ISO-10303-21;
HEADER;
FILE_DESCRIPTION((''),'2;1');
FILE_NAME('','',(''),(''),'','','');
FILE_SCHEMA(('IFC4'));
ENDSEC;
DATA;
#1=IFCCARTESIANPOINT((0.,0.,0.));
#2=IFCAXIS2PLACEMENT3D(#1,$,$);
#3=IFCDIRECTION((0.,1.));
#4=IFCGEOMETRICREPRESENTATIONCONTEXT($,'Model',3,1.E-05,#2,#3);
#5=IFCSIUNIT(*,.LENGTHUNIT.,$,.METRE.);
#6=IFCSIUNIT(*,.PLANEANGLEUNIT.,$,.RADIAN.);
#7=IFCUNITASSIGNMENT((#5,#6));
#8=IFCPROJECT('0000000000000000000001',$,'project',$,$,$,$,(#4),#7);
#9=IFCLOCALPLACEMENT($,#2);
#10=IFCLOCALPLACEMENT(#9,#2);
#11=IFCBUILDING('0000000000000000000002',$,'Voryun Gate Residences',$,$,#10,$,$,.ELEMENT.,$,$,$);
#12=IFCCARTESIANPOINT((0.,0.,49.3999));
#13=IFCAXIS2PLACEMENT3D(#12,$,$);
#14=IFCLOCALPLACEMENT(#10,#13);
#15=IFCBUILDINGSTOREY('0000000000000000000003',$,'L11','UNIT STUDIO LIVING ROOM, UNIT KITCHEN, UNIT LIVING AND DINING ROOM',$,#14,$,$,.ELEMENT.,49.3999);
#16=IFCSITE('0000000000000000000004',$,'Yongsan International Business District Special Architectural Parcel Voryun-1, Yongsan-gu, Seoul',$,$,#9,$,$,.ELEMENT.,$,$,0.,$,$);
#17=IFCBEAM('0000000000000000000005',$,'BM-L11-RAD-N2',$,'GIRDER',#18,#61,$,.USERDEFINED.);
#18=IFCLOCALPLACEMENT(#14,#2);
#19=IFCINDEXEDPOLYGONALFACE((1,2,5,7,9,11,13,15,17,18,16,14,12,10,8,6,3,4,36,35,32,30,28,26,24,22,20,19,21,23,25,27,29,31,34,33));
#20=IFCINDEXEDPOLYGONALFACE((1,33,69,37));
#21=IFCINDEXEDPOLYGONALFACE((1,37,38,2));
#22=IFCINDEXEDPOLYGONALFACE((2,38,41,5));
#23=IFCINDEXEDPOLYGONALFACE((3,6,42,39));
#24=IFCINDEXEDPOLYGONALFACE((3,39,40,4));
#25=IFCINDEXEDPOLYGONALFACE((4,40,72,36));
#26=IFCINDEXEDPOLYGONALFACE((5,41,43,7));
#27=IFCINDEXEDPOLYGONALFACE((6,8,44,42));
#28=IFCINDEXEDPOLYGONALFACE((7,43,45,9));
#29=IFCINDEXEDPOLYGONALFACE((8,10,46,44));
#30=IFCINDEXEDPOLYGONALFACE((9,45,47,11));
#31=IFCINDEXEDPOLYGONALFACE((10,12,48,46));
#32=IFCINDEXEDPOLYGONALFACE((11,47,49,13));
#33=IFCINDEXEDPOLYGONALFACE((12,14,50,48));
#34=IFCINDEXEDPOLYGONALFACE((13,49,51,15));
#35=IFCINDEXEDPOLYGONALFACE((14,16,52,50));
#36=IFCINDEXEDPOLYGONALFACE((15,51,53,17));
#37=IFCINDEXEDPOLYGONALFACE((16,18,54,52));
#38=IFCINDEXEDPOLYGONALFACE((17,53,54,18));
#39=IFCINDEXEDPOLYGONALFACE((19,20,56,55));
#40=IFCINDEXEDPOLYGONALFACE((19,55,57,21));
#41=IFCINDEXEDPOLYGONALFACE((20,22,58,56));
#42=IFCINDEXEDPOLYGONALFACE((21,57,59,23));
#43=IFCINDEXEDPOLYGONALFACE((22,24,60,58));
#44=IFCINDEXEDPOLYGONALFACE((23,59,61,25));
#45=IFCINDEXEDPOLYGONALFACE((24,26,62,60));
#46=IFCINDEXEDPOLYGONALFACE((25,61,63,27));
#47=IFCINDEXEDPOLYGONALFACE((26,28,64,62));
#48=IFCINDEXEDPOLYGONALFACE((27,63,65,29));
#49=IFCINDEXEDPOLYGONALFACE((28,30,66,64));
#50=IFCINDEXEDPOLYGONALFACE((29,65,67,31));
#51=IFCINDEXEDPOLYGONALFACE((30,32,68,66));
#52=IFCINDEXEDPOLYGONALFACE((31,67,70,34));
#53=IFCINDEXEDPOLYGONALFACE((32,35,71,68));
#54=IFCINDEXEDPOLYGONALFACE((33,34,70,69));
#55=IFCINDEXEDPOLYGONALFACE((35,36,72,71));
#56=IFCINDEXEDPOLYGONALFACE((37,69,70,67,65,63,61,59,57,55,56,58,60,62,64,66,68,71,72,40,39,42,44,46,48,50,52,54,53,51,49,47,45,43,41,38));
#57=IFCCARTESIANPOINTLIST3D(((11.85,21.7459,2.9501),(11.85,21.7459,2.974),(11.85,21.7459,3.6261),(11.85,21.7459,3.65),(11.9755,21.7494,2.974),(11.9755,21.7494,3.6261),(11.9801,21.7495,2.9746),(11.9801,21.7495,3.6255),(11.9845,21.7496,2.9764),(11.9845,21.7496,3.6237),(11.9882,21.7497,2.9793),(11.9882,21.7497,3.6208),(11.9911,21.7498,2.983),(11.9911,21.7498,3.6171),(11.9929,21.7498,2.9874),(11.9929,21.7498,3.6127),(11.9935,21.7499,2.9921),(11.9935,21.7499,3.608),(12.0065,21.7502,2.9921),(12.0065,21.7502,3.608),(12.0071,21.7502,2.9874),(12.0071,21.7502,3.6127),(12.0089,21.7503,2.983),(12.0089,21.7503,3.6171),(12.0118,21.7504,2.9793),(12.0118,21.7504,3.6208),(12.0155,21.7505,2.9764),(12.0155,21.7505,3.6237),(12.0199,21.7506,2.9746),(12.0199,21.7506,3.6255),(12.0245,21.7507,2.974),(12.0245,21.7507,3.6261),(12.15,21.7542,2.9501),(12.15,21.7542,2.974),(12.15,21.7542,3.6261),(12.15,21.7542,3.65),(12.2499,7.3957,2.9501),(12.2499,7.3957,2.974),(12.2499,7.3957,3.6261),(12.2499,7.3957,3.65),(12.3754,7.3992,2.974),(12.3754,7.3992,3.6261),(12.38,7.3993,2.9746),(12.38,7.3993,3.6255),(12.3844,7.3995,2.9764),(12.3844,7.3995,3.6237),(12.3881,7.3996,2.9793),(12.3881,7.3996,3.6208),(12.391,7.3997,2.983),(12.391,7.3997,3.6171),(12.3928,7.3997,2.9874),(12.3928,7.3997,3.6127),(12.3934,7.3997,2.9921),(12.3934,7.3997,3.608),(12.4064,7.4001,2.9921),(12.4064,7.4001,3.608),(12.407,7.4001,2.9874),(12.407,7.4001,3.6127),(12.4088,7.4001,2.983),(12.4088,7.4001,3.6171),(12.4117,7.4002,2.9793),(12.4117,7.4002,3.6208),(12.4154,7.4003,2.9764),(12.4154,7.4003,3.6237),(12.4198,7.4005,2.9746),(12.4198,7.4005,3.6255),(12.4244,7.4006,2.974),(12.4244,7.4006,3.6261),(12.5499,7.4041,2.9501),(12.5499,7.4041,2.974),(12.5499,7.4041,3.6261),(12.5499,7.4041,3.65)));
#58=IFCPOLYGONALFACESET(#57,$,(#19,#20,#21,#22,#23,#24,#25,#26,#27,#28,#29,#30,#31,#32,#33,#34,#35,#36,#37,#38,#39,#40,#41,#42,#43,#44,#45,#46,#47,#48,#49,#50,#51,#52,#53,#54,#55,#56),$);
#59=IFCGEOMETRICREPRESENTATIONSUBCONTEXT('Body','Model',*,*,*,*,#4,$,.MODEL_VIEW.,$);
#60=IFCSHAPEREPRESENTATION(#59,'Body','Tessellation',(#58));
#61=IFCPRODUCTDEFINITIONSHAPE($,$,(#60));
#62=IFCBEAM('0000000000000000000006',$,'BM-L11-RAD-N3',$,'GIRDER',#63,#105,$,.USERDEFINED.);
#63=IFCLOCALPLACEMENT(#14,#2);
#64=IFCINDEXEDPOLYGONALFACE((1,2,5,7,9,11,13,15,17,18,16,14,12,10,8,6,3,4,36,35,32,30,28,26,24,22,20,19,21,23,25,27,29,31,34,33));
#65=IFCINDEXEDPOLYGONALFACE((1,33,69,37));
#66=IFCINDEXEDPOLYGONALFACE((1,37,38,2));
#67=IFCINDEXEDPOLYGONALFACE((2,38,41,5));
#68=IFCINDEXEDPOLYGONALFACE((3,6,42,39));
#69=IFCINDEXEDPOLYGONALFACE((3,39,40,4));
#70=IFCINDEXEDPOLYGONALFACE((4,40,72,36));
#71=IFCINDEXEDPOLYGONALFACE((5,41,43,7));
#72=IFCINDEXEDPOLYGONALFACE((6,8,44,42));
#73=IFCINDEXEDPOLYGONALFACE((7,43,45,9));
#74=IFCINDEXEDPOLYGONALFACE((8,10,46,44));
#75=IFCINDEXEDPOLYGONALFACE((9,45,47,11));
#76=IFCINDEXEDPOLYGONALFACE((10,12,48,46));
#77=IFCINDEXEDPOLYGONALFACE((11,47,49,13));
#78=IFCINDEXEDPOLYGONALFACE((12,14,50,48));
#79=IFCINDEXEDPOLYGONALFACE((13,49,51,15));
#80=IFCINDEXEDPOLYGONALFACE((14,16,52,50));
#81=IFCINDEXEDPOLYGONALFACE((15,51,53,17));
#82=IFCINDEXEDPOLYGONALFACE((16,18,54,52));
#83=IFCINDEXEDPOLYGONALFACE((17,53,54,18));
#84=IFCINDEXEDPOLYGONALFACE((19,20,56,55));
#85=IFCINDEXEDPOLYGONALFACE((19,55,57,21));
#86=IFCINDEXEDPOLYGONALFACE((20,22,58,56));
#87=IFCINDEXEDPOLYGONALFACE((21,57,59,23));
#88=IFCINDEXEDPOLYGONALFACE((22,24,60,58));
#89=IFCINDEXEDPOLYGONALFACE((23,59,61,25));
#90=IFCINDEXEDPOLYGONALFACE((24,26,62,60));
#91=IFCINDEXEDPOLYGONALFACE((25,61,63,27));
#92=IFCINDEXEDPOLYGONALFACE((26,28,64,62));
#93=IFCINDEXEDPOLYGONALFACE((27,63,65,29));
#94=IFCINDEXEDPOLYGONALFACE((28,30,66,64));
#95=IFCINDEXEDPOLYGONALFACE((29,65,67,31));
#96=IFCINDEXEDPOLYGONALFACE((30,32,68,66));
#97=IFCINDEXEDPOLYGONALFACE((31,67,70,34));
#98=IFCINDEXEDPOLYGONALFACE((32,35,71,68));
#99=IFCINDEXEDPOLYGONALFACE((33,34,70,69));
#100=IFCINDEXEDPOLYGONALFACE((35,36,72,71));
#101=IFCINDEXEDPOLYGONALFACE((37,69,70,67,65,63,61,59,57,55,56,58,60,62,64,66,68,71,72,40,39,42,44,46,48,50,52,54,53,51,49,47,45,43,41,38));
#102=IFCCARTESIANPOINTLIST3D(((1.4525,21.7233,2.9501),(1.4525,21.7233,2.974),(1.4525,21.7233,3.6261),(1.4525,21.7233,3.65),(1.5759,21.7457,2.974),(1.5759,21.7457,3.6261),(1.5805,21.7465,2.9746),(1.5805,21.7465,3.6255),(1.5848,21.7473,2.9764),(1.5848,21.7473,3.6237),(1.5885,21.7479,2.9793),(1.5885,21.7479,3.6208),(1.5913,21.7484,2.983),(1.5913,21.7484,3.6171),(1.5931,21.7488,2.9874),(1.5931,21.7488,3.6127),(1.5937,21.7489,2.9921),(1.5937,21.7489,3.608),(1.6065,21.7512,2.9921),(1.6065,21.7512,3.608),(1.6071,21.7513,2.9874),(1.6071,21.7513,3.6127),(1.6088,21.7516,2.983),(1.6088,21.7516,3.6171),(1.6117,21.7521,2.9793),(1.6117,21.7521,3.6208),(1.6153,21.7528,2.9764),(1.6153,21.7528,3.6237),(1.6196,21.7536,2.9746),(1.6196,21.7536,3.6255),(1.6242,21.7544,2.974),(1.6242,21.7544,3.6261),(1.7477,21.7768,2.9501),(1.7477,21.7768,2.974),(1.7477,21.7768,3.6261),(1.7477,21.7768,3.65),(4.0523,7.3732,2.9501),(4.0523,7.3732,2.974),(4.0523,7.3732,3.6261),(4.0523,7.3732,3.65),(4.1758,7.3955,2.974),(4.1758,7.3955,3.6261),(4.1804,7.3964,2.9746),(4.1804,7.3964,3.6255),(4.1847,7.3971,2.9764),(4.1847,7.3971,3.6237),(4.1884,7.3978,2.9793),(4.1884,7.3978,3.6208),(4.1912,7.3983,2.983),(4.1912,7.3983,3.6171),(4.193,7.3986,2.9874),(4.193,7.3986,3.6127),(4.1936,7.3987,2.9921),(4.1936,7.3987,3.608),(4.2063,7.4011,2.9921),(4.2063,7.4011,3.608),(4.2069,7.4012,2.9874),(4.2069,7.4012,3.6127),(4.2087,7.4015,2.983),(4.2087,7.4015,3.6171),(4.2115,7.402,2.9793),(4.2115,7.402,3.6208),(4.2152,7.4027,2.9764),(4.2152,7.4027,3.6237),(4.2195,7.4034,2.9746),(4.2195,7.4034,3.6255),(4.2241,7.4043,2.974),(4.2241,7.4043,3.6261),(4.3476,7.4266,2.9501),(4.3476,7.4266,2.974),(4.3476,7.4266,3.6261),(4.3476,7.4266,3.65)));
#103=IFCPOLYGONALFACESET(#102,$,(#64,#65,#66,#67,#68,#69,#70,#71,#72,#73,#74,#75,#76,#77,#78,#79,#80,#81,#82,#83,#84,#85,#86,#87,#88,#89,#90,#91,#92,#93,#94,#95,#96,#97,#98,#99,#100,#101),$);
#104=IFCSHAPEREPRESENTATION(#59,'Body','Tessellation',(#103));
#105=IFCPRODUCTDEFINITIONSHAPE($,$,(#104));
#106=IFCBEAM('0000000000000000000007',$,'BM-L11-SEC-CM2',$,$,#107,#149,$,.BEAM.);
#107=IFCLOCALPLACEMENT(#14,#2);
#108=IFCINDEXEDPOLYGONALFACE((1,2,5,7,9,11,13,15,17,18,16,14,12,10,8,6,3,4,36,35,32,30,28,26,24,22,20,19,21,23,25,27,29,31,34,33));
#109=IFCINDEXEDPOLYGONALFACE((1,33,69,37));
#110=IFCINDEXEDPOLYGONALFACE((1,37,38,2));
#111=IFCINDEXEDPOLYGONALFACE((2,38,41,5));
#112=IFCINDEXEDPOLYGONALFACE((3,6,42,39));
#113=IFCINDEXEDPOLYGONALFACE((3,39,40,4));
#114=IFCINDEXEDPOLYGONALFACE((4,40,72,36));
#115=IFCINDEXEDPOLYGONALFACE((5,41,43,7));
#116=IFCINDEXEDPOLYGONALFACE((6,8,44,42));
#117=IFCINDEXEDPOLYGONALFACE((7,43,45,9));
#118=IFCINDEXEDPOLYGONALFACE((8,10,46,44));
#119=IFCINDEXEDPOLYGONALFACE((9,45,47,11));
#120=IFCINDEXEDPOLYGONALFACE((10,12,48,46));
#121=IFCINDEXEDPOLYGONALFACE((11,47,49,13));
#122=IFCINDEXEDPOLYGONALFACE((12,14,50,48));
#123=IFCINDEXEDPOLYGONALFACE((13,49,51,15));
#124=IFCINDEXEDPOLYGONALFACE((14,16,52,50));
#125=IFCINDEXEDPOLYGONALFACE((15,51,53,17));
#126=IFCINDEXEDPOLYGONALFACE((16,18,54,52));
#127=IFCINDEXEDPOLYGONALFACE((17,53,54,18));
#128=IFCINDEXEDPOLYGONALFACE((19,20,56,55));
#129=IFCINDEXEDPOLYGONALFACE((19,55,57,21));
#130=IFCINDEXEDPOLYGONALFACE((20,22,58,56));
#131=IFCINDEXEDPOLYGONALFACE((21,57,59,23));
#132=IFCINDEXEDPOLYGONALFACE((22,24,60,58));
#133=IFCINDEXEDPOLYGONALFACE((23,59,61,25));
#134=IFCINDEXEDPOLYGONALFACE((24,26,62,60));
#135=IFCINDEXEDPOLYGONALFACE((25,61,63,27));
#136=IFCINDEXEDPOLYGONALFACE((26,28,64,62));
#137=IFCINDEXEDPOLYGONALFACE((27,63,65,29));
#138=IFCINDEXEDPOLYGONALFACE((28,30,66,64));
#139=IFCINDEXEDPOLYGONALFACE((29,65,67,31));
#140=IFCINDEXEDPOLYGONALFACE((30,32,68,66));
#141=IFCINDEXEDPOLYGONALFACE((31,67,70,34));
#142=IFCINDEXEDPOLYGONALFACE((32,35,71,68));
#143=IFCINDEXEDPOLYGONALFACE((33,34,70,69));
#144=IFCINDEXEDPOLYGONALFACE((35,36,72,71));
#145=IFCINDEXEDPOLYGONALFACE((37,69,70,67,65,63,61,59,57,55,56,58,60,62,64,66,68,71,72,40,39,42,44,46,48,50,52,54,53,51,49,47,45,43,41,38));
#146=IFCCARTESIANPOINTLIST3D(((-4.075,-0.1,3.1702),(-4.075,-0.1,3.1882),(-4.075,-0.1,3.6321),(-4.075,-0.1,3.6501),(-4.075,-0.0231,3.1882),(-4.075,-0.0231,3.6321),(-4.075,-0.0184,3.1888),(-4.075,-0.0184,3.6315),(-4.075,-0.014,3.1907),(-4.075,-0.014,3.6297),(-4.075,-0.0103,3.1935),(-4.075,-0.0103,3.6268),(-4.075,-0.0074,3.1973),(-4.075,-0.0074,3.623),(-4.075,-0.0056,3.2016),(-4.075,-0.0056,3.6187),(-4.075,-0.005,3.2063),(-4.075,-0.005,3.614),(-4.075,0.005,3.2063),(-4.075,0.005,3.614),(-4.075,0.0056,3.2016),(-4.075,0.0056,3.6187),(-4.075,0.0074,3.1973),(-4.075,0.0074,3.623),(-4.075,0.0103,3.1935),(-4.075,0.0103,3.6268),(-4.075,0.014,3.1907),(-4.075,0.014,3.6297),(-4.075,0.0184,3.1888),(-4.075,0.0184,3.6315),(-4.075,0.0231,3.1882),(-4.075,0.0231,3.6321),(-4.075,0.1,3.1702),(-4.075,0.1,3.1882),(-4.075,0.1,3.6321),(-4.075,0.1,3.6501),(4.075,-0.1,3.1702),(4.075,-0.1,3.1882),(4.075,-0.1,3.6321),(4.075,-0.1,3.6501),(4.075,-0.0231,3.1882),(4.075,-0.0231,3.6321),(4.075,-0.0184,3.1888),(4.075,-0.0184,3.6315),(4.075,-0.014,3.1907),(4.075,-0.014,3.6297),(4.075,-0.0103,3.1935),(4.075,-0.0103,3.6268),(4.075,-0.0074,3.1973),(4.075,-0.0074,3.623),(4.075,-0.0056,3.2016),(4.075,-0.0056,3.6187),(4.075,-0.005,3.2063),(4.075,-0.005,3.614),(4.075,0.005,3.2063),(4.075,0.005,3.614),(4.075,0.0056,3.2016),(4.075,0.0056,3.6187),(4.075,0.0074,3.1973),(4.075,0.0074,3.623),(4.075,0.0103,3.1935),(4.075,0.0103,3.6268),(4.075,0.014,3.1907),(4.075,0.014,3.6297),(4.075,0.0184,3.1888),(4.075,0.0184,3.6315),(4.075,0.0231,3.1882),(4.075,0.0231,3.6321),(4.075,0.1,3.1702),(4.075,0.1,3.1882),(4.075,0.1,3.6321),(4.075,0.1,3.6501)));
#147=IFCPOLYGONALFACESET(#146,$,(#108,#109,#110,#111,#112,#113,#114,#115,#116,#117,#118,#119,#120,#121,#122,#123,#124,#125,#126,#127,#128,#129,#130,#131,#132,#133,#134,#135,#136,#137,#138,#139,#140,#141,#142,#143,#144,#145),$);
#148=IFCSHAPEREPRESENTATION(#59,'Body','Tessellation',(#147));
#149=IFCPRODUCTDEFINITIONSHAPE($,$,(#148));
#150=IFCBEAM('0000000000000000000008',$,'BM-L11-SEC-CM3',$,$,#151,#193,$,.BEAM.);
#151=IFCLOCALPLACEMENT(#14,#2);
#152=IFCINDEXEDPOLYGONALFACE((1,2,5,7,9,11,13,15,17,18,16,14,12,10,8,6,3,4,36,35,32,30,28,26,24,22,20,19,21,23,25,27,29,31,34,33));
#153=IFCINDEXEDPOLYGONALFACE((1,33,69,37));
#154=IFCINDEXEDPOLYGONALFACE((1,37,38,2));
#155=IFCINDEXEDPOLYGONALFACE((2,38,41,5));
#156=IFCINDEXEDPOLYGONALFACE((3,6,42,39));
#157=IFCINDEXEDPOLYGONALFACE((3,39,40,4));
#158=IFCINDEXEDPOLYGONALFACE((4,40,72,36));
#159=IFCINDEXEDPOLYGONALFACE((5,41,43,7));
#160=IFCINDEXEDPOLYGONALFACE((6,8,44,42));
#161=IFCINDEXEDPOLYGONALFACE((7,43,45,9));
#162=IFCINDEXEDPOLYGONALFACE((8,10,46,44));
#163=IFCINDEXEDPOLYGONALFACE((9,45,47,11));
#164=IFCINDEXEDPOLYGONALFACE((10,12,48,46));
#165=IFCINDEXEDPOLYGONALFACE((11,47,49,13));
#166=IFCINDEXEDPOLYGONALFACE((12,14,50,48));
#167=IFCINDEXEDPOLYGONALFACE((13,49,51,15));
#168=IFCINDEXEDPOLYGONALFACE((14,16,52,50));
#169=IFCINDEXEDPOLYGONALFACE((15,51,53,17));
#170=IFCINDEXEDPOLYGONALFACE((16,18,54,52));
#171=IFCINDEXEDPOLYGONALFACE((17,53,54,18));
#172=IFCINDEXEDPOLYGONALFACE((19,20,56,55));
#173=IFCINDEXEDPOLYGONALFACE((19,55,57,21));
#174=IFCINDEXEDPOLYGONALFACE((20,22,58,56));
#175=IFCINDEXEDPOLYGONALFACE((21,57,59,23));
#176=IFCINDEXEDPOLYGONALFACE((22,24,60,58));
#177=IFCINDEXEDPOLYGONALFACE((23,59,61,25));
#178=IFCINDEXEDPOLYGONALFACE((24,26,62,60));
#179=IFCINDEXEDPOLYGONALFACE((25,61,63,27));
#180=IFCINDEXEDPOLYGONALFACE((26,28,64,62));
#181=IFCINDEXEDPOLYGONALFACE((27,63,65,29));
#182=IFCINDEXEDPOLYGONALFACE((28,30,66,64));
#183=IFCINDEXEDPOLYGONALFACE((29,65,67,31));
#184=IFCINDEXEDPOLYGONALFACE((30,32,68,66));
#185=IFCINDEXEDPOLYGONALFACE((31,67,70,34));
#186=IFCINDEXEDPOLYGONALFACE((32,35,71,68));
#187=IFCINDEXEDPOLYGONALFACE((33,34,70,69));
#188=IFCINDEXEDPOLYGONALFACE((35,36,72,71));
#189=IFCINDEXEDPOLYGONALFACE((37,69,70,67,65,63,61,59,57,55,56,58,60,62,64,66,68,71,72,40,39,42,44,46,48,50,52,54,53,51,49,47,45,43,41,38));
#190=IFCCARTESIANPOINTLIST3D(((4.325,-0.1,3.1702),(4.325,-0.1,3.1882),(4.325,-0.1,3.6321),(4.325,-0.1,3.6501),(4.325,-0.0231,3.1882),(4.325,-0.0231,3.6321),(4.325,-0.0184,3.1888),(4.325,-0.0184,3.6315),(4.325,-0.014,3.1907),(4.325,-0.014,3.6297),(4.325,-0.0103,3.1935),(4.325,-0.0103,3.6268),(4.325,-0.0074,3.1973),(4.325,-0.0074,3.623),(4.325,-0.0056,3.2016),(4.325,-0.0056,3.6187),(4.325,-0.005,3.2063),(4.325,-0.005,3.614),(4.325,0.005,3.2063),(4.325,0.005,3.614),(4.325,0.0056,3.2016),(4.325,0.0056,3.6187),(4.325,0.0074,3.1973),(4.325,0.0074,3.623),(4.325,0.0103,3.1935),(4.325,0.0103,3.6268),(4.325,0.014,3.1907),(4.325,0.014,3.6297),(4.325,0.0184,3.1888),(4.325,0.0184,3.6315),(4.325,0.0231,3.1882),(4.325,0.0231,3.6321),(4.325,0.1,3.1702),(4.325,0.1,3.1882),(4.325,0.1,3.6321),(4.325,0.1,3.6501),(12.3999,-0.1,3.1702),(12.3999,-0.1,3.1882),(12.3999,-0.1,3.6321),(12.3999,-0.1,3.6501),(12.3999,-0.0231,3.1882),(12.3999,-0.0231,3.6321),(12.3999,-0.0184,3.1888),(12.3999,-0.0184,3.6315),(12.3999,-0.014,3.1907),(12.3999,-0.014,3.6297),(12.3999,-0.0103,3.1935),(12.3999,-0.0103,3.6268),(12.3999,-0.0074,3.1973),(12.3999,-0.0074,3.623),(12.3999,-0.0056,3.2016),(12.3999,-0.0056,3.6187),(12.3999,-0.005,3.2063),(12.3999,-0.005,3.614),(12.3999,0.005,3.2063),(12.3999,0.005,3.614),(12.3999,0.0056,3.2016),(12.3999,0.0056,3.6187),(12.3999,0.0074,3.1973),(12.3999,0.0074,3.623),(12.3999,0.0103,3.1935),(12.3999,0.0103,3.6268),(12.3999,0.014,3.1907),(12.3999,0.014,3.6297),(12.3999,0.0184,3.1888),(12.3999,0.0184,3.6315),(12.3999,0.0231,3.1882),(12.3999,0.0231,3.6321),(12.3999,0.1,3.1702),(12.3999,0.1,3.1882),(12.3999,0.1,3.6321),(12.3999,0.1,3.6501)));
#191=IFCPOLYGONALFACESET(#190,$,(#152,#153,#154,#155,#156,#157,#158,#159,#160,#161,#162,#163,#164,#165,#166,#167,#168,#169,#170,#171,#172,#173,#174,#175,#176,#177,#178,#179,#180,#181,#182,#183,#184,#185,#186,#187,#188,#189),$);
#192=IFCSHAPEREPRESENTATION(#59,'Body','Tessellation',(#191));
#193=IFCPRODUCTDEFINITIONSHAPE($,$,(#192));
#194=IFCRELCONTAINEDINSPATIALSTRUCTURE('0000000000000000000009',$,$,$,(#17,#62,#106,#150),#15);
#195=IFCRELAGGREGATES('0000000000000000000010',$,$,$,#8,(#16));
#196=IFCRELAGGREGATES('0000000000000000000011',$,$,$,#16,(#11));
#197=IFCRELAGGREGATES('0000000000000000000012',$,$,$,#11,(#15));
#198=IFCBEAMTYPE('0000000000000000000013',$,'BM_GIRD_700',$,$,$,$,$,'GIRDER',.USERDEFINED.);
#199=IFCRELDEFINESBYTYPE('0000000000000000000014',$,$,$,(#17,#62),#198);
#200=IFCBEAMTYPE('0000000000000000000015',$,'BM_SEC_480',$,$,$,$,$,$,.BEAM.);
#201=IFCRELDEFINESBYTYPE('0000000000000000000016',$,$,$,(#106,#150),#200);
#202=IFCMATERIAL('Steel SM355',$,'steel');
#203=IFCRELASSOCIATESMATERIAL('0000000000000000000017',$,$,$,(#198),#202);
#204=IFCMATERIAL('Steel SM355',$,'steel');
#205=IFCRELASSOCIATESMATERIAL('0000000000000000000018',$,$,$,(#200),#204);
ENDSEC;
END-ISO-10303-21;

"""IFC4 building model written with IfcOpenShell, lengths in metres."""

from ifc_helpers import new_model, si_unit, direction, frame, origin, origin_2d, place, context, subcontext, project, spatial, i_section, extrude, material, material_profile, profile_set, type_object, element, save


model = new_model("IFC4")

# Units and contexts
model_context = context("Model", 3, precision=1e-05, world=origin(), true_north=direction((0.0, 1.0)))
body_context = subcontext(model_context, "Body", "Model", "MODEL_VIEW")
ifc_project = project(units=[si_unit("LENGTHUNIT", "METRE"), si_unit("PLANEANGLEUNIT", "RADIAN")], contexts=[model_context])

# Site, building, storey
site_placement = place(None, origin())
site = spatial("IfcSite", under=ifc_project, at=site_placement, Name="Yongsan International Business District Special Architectural Parcel Voryun-1, Yongsan-gu, Seoul", CompositionType="ELEMENT", RefElevation=0.0)
building_placement = place(site_placement, origin())
building = spatial("IfcBuilding", under=site, at=building_placement, Name="Voryun Gate Residences", CompositionType="ELEMENT")
storey_placement = place(building_placement, frame((0.0, 0.0, 49.3999)))
storey = spatial("IfcBuildingStorey", under=building, at=storey_placement, Name="L11", Description="UNIT STUDIO LIVING ROOM, UNIT KITCHEN, UNIT LIVING AND DINING ROOM", CompositionType="ELEMENT", Elevation=49.3999)

# Beams
ifc_material_1 = material(Name="Steel SM355", Category="steel")
ifc_material_profile_1 = material_profile(ifc_material_1, i_section(OverallWidth=0.3, OverallDepth=0.7, WebThickness=0.0129, FlangeThickness=0.0239, FilletRadius=0.0181, at=origin_2d()), Name="H-700x300x13x24")
ifc_profile_set_1 = profile_set([ifc_material_profile_1], Name="Steel SM355")
beam_type_1 = type_object("IfcBeamType", Name="BM_GIRD_700", ElementType="GIRDER", PredefinedType="USERDEFINED", material=ifc_profile_set_1)
beam_1_placement = place(storey_placement, frame((12.3999, 7.3999, 3.3), z_axis=(-0.027857, 0.999612, 0.0), x_axis=(-0.999612, -0.027857, 0.0)))
element("IfcBeam", 1, at=beam_1_placement, inside=storey, type_object=beam_type_1, Name="BM-L11-RAD-N2", ObjectType="GIRDER", PredefinedType="USERDEFINED", context=body_context, shape_type="SweptSolid", body=[
    extrude(i_section(OverallWidth=0.3, OverallDepth=0.7, WebThickness=0.0129, FlangeThickness=0.0239, FilletRadius=0.0181, at=origin_2d()), origin(), (0.0, 0.0, 1.0), 14.3557),
])
beam_2_placement = place(storey_placement, frame((4.2, 7.3999, 3.3), z_axis=(-0.178271, 0.983981, 0.0), x_axis=(-0.983981, -0.178271, 0.0)))
element("IfcBeam", 2, at=beam_2_placement, inside=storey, type_object=beam_type_1, Name="BM-L11-RAD-N3", ObjectType="GIRDER", PredefinedType="USERDEFINED", context=body_context, shape_type="SweptSolid", body=[
    extrude(i_section(OverallWidth=0.3, OverallDepth=0.7, WebThickness=0.0129, FlangeThickness=0.0239, FilletRadius=0.0181, at=origin_2d()), origin(), (0.0, 0.0, 1.0), 14.5837),
])
ifc_material_2 = material(Name="Steel SM355", Category="steel")
ifc_material_profile_2 = material_profile(ifc_material_2, i_section(OverallWidth=0.2, OverallDepth=0.48, WebThickness=0.01, FlangeThickness=0.0181, FilletRadius=0.0181, at=origin_2d()), Name="H-480x200x10x18")
ifc_profile_set_2 = profile_set([ifc_material_profile_2], Name="Steel SM355")
beam_type_2 = type_object("IfcBeamType", Name="BM_SEC_480", PredefinedType="BEAM", material=ifc_profile_set_2)
beam_3_placement = place(storey_placement, frame((-4.075, 0.0, 3.4102), z_axis=(1.0, 0.0, 0.0), x_axis=(0.0, 1.0, 0.0)))
element("IfcBeam", 3, at=beam_3_placement, inside=storey, type_object=beam_type_2, Name="BM-L11-SEC-CM2", PredefinedType="BEAM", context=body_context, shape_type="SweptSolid", body=[
    extrude(i_section(OverallWidth=0.2, OverallDepth=0.48, WebThickness=0.01, FlangeThickness=0.0181, FilletRadius=0.0181, at=origin_2d()), origin(), (0.0, 0.0, 1.0), 8.1499),
])
beam_4_placement = place(storey_placement, frame((4.325, 0.0, 3.4102), z_axis=(1.0, 0.0, 0.0), x_axis=(0.0, 1.0, 0.0)))
element("IfcBeam", 4, at=beam_4_placement, inside=storey, type_object=beam_type_2, Name="BM-L11-SEC-CM3", PredefinedType="BEAM", context=body_context, shape_type="SweptSolid", body=[
    extrude(i_section(OverallWidth=0.2, OverallDepth=0.48, WebThickness=0.01, FlangeThickness=0.0181, FilletRadius=0.0181, at=origin_2d()), origin(), (0.0, 0.0, 1.0), 8.075),
])

save(model, "model.ifc")
